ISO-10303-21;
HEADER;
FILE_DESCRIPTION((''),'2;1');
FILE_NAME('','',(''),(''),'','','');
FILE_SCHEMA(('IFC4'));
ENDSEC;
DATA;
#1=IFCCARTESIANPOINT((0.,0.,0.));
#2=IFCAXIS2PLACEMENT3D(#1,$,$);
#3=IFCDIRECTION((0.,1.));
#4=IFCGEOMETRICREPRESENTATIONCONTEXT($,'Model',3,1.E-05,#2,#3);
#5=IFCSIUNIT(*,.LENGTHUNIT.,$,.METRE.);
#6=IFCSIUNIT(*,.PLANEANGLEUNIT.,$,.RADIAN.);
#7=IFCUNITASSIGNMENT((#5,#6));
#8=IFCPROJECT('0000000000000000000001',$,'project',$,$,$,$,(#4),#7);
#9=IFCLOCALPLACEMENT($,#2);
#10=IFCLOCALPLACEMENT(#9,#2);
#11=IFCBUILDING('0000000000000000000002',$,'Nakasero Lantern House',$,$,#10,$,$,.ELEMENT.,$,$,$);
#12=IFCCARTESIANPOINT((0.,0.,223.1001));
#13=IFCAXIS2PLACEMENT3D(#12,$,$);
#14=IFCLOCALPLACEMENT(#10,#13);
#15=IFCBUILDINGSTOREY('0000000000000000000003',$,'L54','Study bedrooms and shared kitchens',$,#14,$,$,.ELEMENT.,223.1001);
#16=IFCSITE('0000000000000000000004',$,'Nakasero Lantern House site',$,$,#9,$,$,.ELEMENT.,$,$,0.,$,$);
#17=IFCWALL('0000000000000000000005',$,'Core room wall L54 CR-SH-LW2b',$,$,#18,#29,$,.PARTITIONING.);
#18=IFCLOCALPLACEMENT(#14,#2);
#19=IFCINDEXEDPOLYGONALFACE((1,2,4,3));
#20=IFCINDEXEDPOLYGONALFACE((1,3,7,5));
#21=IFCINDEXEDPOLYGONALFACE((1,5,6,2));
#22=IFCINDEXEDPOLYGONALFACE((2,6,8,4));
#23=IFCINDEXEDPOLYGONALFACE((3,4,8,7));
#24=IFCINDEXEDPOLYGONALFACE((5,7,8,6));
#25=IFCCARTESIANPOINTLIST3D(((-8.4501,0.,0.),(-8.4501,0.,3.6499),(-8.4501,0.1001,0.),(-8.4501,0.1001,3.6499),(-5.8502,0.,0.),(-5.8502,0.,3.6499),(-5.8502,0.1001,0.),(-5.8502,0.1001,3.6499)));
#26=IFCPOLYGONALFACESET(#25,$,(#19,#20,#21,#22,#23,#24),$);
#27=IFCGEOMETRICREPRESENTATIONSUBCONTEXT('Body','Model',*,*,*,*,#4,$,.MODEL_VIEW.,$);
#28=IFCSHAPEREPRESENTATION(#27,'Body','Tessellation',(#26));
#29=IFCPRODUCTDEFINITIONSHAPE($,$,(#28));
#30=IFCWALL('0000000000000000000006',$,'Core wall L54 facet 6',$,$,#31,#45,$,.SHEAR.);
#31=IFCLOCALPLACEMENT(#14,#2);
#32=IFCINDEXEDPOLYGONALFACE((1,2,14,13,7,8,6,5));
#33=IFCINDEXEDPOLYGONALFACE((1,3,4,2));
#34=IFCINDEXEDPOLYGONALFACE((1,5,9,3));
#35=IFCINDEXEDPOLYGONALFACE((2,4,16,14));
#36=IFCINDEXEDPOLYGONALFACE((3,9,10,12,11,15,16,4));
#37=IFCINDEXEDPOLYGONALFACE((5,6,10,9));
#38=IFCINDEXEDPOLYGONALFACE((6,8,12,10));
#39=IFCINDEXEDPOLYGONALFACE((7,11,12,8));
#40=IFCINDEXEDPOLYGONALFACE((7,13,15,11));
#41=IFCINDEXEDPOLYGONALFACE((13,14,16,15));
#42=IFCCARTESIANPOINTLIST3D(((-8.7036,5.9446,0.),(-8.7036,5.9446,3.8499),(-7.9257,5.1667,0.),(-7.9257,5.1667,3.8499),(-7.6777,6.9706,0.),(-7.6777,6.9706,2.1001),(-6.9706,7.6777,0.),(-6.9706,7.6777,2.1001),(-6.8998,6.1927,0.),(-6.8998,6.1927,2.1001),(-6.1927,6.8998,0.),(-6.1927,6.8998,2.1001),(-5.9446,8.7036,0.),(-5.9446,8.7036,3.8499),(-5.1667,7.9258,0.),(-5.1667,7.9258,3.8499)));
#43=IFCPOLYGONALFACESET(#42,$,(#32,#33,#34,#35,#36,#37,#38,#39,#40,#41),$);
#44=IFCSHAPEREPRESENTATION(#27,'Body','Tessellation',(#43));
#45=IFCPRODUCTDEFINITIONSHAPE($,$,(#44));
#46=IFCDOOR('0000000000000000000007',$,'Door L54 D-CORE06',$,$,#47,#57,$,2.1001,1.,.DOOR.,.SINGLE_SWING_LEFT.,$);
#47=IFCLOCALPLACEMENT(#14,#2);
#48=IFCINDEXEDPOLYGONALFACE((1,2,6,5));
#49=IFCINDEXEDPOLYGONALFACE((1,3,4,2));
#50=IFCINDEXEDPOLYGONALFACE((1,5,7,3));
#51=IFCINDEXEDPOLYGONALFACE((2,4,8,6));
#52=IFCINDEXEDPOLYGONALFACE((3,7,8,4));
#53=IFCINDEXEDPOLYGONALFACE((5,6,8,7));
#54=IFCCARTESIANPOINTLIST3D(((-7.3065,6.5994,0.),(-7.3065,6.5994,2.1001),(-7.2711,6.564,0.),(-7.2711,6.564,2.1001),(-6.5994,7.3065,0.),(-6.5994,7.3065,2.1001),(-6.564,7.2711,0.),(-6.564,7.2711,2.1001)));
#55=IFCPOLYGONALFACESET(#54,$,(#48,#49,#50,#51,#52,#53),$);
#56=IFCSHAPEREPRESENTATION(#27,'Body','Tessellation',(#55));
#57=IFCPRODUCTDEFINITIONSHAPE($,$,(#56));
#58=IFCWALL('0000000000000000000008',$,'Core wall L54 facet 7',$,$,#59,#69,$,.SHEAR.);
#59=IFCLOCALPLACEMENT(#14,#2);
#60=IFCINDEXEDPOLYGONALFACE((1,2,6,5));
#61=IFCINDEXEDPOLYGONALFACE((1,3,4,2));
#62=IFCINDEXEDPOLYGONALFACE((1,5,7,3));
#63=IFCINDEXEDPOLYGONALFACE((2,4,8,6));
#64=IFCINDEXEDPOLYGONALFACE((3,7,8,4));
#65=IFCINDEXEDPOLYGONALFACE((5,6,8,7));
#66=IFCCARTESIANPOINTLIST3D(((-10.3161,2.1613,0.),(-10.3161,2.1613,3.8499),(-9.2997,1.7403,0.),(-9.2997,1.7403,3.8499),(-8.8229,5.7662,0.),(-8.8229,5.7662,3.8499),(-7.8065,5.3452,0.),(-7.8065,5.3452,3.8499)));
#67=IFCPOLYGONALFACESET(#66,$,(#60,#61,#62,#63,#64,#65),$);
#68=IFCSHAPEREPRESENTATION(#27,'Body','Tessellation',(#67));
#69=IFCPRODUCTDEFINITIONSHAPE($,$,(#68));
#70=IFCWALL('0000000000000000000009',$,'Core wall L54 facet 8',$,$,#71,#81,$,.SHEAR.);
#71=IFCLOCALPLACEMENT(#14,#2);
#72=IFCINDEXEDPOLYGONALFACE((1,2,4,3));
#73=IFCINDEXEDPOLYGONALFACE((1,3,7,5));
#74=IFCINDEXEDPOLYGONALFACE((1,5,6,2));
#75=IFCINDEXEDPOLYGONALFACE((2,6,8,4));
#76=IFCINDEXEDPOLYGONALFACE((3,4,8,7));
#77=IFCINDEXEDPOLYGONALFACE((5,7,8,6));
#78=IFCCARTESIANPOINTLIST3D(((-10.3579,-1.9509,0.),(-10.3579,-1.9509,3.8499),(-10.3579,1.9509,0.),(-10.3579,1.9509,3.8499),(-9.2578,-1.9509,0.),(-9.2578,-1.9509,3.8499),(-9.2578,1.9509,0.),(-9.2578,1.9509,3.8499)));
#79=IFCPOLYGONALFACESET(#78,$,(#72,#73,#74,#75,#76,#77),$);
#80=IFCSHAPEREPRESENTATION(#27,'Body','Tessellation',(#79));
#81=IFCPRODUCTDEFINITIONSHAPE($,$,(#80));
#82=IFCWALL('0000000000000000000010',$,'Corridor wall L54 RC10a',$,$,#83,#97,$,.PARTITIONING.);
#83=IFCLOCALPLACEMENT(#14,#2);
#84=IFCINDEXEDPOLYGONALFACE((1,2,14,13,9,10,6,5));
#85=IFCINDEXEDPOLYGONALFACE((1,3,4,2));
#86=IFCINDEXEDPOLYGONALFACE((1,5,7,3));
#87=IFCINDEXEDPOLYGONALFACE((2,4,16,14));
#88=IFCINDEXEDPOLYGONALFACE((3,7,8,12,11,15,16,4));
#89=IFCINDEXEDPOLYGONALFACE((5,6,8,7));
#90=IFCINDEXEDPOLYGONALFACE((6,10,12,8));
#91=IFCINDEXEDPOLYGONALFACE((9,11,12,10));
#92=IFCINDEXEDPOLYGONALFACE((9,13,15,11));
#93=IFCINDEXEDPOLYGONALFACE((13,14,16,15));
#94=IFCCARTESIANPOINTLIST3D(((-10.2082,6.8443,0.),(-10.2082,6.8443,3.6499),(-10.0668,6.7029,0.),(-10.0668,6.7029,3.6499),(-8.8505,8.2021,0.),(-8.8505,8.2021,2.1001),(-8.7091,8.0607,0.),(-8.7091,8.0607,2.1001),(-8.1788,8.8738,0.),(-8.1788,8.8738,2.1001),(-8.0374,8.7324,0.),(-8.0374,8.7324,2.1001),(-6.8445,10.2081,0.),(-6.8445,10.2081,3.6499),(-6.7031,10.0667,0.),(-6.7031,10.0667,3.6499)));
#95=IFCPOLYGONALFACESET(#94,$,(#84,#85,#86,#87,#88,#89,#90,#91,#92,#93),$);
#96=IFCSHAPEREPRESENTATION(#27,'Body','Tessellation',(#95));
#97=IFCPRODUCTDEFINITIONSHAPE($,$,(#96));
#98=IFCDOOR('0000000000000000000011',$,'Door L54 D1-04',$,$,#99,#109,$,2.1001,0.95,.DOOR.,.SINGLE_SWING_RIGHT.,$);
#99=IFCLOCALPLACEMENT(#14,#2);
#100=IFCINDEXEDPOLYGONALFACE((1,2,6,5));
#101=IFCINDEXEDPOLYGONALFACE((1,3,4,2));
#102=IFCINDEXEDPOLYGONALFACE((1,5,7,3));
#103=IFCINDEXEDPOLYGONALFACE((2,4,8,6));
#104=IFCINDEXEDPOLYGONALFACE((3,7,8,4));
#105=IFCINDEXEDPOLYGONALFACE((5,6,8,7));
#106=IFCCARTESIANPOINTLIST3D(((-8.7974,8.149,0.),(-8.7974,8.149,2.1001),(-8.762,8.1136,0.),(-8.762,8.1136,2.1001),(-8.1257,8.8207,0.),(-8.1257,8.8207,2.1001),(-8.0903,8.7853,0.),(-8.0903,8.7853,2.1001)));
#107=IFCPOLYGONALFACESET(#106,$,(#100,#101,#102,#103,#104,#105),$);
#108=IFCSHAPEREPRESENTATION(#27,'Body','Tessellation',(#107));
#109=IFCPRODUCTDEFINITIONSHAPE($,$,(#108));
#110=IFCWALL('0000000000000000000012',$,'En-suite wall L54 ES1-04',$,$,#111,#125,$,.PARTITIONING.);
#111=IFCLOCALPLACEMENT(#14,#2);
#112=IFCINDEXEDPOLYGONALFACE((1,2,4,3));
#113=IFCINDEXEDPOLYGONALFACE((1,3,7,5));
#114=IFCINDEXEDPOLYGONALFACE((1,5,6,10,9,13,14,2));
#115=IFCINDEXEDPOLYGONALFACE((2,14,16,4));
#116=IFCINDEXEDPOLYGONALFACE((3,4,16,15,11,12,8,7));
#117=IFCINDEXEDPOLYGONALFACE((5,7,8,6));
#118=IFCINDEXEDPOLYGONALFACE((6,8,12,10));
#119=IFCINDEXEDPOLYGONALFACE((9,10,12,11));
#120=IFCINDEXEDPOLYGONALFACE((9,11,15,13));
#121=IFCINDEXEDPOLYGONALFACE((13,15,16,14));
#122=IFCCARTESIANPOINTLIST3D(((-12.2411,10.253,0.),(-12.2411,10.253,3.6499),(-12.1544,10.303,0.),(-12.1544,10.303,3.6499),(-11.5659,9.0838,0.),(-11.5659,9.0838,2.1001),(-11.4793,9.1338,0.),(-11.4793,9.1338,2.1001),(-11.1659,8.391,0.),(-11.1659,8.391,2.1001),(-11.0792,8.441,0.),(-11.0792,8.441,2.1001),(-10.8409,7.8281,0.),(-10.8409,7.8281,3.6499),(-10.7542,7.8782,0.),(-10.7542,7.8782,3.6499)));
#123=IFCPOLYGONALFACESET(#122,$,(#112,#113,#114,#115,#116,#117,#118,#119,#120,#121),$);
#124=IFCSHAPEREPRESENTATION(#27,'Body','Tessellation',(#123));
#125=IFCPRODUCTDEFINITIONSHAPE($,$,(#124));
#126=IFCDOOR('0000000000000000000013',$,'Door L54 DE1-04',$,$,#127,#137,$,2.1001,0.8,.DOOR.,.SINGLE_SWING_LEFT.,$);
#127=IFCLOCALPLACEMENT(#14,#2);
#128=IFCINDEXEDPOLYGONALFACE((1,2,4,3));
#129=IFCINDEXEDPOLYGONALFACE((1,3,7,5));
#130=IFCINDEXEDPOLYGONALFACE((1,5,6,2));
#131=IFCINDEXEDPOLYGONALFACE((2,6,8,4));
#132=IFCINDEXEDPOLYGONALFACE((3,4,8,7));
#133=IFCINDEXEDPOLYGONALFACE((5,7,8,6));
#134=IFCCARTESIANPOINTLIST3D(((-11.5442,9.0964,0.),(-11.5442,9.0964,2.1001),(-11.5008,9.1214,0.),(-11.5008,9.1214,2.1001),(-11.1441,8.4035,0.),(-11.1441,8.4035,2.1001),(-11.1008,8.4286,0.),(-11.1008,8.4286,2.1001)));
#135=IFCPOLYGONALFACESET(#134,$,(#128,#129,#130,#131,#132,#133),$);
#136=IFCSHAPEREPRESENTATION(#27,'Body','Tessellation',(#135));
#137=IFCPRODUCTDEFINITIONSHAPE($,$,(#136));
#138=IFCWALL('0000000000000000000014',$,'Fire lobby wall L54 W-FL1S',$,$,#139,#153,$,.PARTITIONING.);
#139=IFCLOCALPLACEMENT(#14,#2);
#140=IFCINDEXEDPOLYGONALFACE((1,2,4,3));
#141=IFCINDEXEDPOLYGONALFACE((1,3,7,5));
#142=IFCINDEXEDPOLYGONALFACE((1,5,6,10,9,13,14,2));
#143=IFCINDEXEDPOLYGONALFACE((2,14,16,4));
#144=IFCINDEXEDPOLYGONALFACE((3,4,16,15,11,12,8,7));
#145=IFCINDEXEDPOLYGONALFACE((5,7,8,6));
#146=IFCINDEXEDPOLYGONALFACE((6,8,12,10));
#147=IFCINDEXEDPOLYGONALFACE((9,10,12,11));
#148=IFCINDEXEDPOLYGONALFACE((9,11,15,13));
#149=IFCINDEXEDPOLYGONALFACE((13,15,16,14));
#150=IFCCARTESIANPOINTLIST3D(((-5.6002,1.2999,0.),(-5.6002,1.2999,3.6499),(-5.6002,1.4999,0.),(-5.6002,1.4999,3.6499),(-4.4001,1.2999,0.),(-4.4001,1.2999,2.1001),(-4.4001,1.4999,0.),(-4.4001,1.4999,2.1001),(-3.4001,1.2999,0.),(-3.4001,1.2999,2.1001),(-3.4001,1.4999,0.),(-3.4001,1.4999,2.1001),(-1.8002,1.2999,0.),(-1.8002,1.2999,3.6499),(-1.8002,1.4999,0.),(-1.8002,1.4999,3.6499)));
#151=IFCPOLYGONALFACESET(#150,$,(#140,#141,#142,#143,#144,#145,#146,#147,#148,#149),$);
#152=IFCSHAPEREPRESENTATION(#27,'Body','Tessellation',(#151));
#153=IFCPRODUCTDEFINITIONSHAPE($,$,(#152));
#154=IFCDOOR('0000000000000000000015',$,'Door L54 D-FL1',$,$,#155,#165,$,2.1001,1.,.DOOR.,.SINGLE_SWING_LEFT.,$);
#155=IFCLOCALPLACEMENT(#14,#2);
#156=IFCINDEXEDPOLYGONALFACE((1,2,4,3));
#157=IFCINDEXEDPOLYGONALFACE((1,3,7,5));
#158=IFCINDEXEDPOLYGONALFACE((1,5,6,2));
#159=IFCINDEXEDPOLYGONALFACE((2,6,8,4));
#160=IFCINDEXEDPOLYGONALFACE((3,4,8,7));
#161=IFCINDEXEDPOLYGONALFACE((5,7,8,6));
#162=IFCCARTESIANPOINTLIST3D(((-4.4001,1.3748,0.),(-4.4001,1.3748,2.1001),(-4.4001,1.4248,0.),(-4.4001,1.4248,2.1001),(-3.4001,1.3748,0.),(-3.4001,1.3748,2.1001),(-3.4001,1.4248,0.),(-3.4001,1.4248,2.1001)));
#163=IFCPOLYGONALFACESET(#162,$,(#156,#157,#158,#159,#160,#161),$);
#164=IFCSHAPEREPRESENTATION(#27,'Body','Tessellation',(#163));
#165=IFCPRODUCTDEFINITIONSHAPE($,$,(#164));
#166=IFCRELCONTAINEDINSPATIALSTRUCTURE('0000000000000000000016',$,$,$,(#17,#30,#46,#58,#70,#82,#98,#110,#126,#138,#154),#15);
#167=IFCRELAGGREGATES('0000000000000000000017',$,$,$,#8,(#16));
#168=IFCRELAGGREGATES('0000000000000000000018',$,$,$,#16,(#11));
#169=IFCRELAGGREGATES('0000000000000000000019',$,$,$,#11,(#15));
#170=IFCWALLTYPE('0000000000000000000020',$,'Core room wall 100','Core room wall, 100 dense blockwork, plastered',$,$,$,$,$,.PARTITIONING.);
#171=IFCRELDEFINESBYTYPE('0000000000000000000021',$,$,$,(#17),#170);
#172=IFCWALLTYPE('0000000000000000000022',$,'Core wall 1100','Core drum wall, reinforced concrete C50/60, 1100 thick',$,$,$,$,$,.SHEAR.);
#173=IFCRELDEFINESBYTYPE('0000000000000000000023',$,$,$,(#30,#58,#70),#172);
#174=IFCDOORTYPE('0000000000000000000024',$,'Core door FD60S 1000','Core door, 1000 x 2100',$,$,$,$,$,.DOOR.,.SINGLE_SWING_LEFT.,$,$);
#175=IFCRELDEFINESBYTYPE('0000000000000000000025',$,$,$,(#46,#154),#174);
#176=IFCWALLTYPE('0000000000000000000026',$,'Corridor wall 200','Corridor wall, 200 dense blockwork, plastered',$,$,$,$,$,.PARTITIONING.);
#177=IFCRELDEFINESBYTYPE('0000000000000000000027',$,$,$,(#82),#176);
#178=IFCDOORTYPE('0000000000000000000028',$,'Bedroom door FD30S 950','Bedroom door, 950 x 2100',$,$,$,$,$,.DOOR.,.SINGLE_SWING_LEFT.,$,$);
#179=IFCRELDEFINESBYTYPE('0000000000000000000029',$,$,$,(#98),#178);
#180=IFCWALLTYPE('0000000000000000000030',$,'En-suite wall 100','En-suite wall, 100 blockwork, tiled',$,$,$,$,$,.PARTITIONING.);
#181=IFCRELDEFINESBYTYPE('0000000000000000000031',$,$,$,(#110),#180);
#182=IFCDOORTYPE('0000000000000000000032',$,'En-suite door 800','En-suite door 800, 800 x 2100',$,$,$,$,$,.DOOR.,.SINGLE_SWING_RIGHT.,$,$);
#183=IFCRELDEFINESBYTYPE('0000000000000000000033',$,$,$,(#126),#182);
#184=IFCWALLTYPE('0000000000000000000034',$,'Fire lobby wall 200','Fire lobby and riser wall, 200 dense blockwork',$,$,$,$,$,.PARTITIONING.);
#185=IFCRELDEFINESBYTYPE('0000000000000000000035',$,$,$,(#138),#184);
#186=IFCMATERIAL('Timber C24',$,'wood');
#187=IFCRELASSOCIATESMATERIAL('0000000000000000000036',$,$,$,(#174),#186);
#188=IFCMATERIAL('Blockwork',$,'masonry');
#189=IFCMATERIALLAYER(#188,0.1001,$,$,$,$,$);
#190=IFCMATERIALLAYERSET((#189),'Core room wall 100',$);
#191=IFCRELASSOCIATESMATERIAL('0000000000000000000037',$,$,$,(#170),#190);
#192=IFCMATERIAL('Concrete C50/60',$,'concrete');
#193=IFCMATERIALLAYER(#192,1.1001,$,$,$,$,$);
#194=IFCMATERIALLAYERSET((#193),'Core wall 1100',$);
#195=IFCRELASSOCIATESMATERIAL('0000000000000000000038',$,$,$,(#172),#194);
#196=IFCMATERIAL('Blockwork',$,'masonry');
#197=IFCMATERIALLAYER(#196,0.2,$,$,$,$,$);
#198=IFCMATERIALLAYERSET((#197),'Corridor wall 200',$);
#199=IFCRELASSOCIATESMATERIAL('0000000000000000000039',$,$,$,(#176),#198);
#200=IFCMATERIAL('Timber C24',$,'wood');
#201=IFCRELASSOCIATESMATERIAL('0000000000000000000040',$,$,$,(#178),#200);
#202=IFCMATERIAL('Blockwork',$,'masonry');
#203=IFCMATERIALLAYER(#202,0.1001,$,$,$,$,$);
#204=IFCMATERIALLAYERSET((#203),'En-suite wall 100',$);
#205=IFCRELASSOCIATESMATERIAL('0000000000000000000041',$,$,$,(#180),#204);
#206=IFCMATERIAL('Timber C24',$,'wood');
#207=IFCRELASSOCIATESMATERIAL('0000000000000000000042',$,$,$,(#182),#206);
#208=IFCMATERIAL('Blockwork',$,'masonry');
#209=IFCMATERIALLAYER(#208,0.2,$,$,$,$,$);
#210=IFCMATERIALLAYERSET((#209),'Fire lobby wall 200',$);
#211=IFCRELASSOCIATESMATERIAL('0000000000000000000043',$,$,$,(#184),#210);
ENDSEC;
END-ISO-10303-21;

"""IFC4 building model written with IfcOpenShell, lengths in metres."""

from ifc_helpers import new_model, si_unit, direction, frame, frame_2d, origin, place, context, subcontext, project, spatial, rectangle, extrude, material, layer, layer_set, type_object, element, fill, save


model = new_model("IFC4")

# Units and contexts
model_context = context("Model", 3, precision=1e-05, world=origin(), true_north=direction((0.0, 1.0)))
body_context = subcontext(model_context, "Body", "Model", "MODEL_VIEW")
ifc_project = project(units=[si_unit("LENGTHUNIT", "METRE"), si_unit("PLANEANGLEUNIT", "RADIAN")], contexts=[model_context])

# Site, building, storey
site_placement = place(None, origin())
site = spatial("IfcSite", under=ifc_project, at=site_placement, Name="Nakasero Lantern House site", CompositionType="ELEMENT", RefElevation=0.0)
building_placement = place(site_placement, origin())
building = spatial("IfcBuilding", under=site, at=building_placement, Name="Nakasero Lantern House", CompositionType="ELEMENT")
storey_placement = place(building_placement, frame((0.0, 0.0, 223.1001)))
storey = spatial("IfcBuildingStorey", under=building, at=storey_placement, Name="L54", Description="Study bedrooms and shared kitchens", CompositionType="ELEMENT", Elevation=223.1001)

# Shared definitions
ifc_material_1 = material(Name="Timber C24", Category="wood")
door_type_1 = type_object("IfcDoorType", Name="Core door FD60S 1000", Description="Core door, 1000 x 2100", OperationType="SINGLE_SWING_LEFT", PredefinedType="DOOR", material=ifc_material_1)

# Wall
ifc_material_2 = material(Name="Blockwork", Category="masonry")
ifc_layer_1 = layer(ifc_material_2, 0.1001)
ifc_layer_set_1 = layer_set([ifc_layer_1], Name="Core room wall 100")
wall_type_1 = type_object("IfcWallType", Name="Core room wall 100", Description="Core room wall, 100 dense blockwork, plastered", PredefinedType="PARTITIONING", material=ifc_layer_set_1)
wall_1_placement = place(storey_placement, frame((-8.45, 0.05, 0.0), z_axis=(0.0, 0.0, 1.0), x_axis=(1.0, 0.0, 0.0)))
element("IfcWall", 1, at=wall_1_placement, inside=storey, type_object=wall_type_1, Name="Core room wall L54 CR-SH-LW2b", PredefinedType="PARTITIONING", context=body_context, shape_type="SweptSolid", body=[
    extrude(rectangle(XDim=2.5999, YDim=0.1001, at=frame_2d((1.2998, 0.0))), origin(), (0.0, 0.0, 1.0), 3.6499),
])

# Wall, opening, door
ifc_material_3 = material(Name="Concrete C50/60", Category="concrete")
ifc_layer_2 = layer(ifc_material_3, 1.1001)
ifc_layer_set_2 = layer_set([ifc_layer_2], Name="Core wall 1100")
wall_type_2 = type_object("IfcWallType", Name="Core wall 1100", Description="Core drum wall, reinforced concrete C50/60, 1100 thick", PredefinedType="SHEAR", material=ifc_layer_set_2)
wall_2_placement = place(storey_placement, frame((-5.5557, 8.3147, 0.0), z_axis=(0.0, 0.0, 1.0), x_axis=(-0.707107, -0.707107, 0.0)))
wall_2 = element("IfcWall", 2, at=wall_2_placement, inside=storey, type_object=wall_type_2, Name="Core wall L54 facet 6", PredefinedType="SHEAR", context=body_context, shape_type="SweptSolid", body=[
    extrude(rectangle(XDim=3.9019, YDim=1.1001, at=frame_2d((1.9509, 0.0))), origin(), (0.0, 0.0, 1.0), 3.8499),
])
opening_1_placement = place(wall_2_placement, frame((1.4509, 0.0, 0.0)))
opening_1 = element("IfcOpeningElement", 3, at=opening_1_placement, cuts=wall_2, PredefinedType="OPENING", context=body_context, shape_type="SweptSolid", body=[
    extrude(rectangle(XDim=1.0, YDim=2.1001, at=frame_2d((0.5, 1.05))), frame((0.0, 0.5701, 0.0), z_axis=(0.0, -1.0, 0.0), x_axis=(1.0, 0.0, 0.0)), (0.0, 0.0, 1.0), 1.1401),
])
door_1_placement = place(opening_1_placement, origin())
door_1 = element("IfcDoor", 4, at=door_1_placement, inside=storey, type_object=door_type_1, Name="Door L54 D-CORE06", OperationType="SINGLE_SWING_LEFT", OverallHeight=2.1001, OverallWidth=1.0, PredefinedType="DOOR", context=body_context, shape_type="SweptSolid", body=[
    extrude(rectangle(XDim=1.0, YDim=2.1001, at=frame_2d((0.5, 1.05))), frame((0.0, 0.0249, 0.0), z_axis=(0.0, -1.0, 0.0), x_axis=(1.0, 0.0, 0.0)), (0.0, 0.0, 1.0), 0.05),
])
fill(opening_1, door_1)

# Walls
for number, where, z_axis, x_axis, name in (
    (5, (-8.3147, 5.5557, 0.0), (0.0, 0.0, 1.0), (-0.382691, -0.923877, 0.0), "Core wall L54 facet 7"),
    (6, (-9.8079, 1.9509, 0.0), (0.0, 0.0, 1.0), (0.0, -1.0, 0.0), "Core wall L54 facet 8"),
):
    element("IfcWall", number, at=place(storey_placement, frame(where, z_axis=z_axis, x_axis=x_axis)), inside=storey, type_object=wall_type_2, Name=name, PredefinedType="SHEAR", context=body_context, shape_type="SweptSolid", body=[
        extrude(rectangle(XDim=3.9019, YDim=1.1001, at=frame_2d((1.9509, 0.0))), origin(), (0.0, 0.0, 1.0), 3.8499),
    ])

# Walls, openings, doors
ifc_material_4 = material(Name="Blockwork", Category="masonry")
ifc_layer_3 = layer(ifc_material_4, 0.2)
ifc_layer_set_3 = layer_set([ifc_layer_3], Name="Corridor wall 200")
wall_type_3 = type_object("IfcWallType", Name="Corridor wall 200", Description="Corridor wall, 200 dense blockwork, plastered", PredefinedType="PARTITIONING", material=ifc_layer_set_3)
wall_3_placement = place(storey_placement, frame((-10.1375, 6.7737, 0.0), z_axis=(0.0, 0.0, 1.0), x_axis=(0.707107, 0.707107, 0.0)))
wall_3 = element("IfcWall", 7, at=wall_3_placement, inside=storey, type_object=wall_type_3, Name="Corridor wall L54 RC10a", PredefinedType="PARTITIONING", context=body_context, shape_type="SweptSolid", body=[
    extrude(rectangle(XDim=4.7571, YDim=0.2, at=frame_2d((2.3784, 0.0))), origin(), (0.0, 0.0, 1.0), 3.6499),
])
opening_2_placement = place(wall_3_placement, frame((1.9199, 0.0, 0.0)))
opening_2 = element("IfcOpeningElement", 8, at=opening_2_placement, cuts=wall_3, PredefinedType="OPENING", context=body_context, shape_type="SweptSolid", body=[
    extrude(rectangle(XDim=0.95, YDim=2.1001, at=frame_2d((0.4751, 1.05))), frame((0.0, 0.1199, 0.0), z_axis=(0.0, -1.0, 0.0), x_axis=(1.0, 0.0, 0.0)), (0.0, 0.0, 1.0), 0.24),
])
ifc_material_5 = material(Name="Timber C24", Category="wood")
door_type_2 = type_object("IfcDoorType", Name="Bedroom door FD30S 950", Description="Bedroom door, 950 x 2100", OperationType="SINGLE_SWING_LEFT", PredefinedType="DOOR", material=ifc_material_5)
door_2_placement = place(opening_2_placement, origin())
door_2 = element("IfcDoor", 9, at=door_2_placement, inside=storey, type_object=door_type_2, Name="Door L54 D1-04", OperationType="SINGLE_SWING_RIGHT", OverallHeight=2.1001, OverallWidth=0.95, PredefinedType="DOOR", context=body_context, shape_type="SweptSolid", body=[
    extrude(rectangle(XDim=0.95, YDim=2.1001, at=frame_2d((0.4751, 1.05))), frame((0.0, 0.0249, 0.0), z_axis=(0.0, -1.0, 0.0), x_axis=(1.0, 0.0, 0.0)), (0.0, 0.0, 1.0), 0.05),
])
fill(opening_2, door_2)
ifc_material_6 = material(Name="Blockwork", Category="masonry")
ifc_layer_4 = layer(ifc_material_6, 0.1001)
ifc_layer_set_4 = layer_set([ifc_layer_4], Name="En-suite wall 100")
wall_type_4 = type_object("IfcWallType", Name="En-suite wall 100", Description="En-suite wall, 100 blockwork, tiled", PredefinedType="PARTITIONING", material=ifc_layer_set_4)
wall_4_placement = place(storey_placement, frame((-10.7976, 7.8533, 0.0), z_axis=(0.0, 0.0, 1.0), x_axis=(-0.50005, 0.865997, 0.0)))
wall_4 = element("IfcWall", 10, at=wall_4_placement, inside=storey, type_object=wall_type_4, Name="En-suite wall L54 ES1-04", PredefinedType="PARTITIONING", context=body_context, shape_type="SweptSolid", body=[
    extrude(rectangle(XDim=2.8, YDim=0.1001, at=frame_2d((1.3999, 0.0))), origin(), (0.0, 0.0, 1.0), 3.6499),
])
opening_3_placement = place(wall_4_placement, frame((0.6499, 0.0, 0.0)))
opening_3 = element("IfcOpeningElement", 11, at=opening_3_placement, cuts=wall_4, PredefinedType="OPENING", context=body_context, shape_type="SweptSolid", body=[
    extrude(rectangle(XDim=0.8, YDim=2.1001, at=frame_2d((0.3999, 1.05))), frame((0.0, 0.0701, 0.0), z_axis=(0.0, -1.0, 0.0), x_axis=(1.0, 0.0, 0.0)), (0.0, 0.0, 1.0), 0.1401),
])
ifc_material_7 = material(Name="Timber C24", Category="wood")
door_type_3 = type_object("IfcDoorType", Name="En-suite door 800", Description="En-suite door 800, 800 x 2100", OperationType="SINGLE_SWING_RIGHT", PredefinedType="DOOR", material=ifc_material_7)
door_3_placement = place(opening_3_placement, origin())
door_3 = element("IfcDoor", 12, at=door_3_placement, inside=storey, type_object=door_type_3, Name="Door L54 DE1-04", OperationType="SINGLE_SWING_LEFT", OverallHeight=2.1001, OverallWidth=0.8, PredefinedType="DOOR", context=body_context, shape_type="SweptSolid", body=[
    extrude(rectangle(XDim=0.8, YDim=2.1001, at=frame_2d((0.3999, 1.05))), frame((0.0, 0.0249, 0.0), z_axis=(0.0, -1.0, 0.0), x_axis=(1.0, 0.0, 0.0)), (0.0, 0.0, 1.0), 0.05),
])
fill(opening_3, door_3)
ifc_material_8 = material(Name="Blockwork", Category="masonry")
ifc_layer_5 = layer(ifc_material_8, 0.2)
ifc_layer_set_5 = layer_set([ifc_layer_5], Name="Fire lobby wall 200")
wall_type_5 = type_object("IfcWallType", Name="Fire lobby wall 200", Description="Fire lobby and riser wall, 200 dense blockwork", PredefinedType="PARTITIONING", material=ifc_layer_set_5)
wall_5_placement = place(storey_placement, frame((-5.6001, 1.3999, 0.0), z_axis=(0.0, 0.0, 1.0), x_axis=(1.0, 0.0, 0.0)))
wall_5 = element("IfcWall", 13, at=wall_5_placement, inside=storey, type_object=wall_type_5, Name="Fire lobby wall L54 W-FL1S", PredefinedType="PARTITIONING", context=body_context, shape_type="SweptSolid", body=[
    extrude(rectangle(XDim=3.8, YDim=0.2, at=frame_2d((1.8999, 0.0))), origin(), (0.0, 0.0, 1.0), 3.6499),
])
opening_4_placement = place(wall_5_placement, frame((1.2, 0.0, 0.0)))
opening_4 = element("IfcOpeningElement", 14, at=opening_4_placement, cuts=wall_5, PredefinedType="OPENING", context=body_context, shape_type="SweptSolid", body=[
    extrude(rectangle(XDim=1.0, YDim=2.1001, at=frame_2d((0.5, 1.05))), frame((0.0, 0.1199, 0.0), z_axis=(0.0, -1.0, 0.0), x_axis=(1.0, 0.0, 0.0)), (0.0, 0.0, 1.0), 0.24),
])
door_4_placement = place(opening_4_placement, origin())
door_4 = element("IfcDoor", 15, at=door_4_placement, inside=storey, type_object=door_type_1, Name="Door L54 D-FL1", OperationType="SINGLE_SWING_LEFT", OverallHeight=2.1001, OverallWidth=1.0, PredefinedType="DOOR", context=body_context, shape_type="SweptSolid", body=[
    extrude(rectangle(XDim=1.0, YDim=2.1001, at=frame_2d((0.5, 1.05))), frame((0.0, 0.0249, 0.0), z_axis=(0.0, -1.0, 0.0), x_axis=(1.0, 0.0, 0.0)), (0.0, 0.0, 1.0), 0.05),
])
fill(opening_4, door_4)

save(model, "model.ifc")
